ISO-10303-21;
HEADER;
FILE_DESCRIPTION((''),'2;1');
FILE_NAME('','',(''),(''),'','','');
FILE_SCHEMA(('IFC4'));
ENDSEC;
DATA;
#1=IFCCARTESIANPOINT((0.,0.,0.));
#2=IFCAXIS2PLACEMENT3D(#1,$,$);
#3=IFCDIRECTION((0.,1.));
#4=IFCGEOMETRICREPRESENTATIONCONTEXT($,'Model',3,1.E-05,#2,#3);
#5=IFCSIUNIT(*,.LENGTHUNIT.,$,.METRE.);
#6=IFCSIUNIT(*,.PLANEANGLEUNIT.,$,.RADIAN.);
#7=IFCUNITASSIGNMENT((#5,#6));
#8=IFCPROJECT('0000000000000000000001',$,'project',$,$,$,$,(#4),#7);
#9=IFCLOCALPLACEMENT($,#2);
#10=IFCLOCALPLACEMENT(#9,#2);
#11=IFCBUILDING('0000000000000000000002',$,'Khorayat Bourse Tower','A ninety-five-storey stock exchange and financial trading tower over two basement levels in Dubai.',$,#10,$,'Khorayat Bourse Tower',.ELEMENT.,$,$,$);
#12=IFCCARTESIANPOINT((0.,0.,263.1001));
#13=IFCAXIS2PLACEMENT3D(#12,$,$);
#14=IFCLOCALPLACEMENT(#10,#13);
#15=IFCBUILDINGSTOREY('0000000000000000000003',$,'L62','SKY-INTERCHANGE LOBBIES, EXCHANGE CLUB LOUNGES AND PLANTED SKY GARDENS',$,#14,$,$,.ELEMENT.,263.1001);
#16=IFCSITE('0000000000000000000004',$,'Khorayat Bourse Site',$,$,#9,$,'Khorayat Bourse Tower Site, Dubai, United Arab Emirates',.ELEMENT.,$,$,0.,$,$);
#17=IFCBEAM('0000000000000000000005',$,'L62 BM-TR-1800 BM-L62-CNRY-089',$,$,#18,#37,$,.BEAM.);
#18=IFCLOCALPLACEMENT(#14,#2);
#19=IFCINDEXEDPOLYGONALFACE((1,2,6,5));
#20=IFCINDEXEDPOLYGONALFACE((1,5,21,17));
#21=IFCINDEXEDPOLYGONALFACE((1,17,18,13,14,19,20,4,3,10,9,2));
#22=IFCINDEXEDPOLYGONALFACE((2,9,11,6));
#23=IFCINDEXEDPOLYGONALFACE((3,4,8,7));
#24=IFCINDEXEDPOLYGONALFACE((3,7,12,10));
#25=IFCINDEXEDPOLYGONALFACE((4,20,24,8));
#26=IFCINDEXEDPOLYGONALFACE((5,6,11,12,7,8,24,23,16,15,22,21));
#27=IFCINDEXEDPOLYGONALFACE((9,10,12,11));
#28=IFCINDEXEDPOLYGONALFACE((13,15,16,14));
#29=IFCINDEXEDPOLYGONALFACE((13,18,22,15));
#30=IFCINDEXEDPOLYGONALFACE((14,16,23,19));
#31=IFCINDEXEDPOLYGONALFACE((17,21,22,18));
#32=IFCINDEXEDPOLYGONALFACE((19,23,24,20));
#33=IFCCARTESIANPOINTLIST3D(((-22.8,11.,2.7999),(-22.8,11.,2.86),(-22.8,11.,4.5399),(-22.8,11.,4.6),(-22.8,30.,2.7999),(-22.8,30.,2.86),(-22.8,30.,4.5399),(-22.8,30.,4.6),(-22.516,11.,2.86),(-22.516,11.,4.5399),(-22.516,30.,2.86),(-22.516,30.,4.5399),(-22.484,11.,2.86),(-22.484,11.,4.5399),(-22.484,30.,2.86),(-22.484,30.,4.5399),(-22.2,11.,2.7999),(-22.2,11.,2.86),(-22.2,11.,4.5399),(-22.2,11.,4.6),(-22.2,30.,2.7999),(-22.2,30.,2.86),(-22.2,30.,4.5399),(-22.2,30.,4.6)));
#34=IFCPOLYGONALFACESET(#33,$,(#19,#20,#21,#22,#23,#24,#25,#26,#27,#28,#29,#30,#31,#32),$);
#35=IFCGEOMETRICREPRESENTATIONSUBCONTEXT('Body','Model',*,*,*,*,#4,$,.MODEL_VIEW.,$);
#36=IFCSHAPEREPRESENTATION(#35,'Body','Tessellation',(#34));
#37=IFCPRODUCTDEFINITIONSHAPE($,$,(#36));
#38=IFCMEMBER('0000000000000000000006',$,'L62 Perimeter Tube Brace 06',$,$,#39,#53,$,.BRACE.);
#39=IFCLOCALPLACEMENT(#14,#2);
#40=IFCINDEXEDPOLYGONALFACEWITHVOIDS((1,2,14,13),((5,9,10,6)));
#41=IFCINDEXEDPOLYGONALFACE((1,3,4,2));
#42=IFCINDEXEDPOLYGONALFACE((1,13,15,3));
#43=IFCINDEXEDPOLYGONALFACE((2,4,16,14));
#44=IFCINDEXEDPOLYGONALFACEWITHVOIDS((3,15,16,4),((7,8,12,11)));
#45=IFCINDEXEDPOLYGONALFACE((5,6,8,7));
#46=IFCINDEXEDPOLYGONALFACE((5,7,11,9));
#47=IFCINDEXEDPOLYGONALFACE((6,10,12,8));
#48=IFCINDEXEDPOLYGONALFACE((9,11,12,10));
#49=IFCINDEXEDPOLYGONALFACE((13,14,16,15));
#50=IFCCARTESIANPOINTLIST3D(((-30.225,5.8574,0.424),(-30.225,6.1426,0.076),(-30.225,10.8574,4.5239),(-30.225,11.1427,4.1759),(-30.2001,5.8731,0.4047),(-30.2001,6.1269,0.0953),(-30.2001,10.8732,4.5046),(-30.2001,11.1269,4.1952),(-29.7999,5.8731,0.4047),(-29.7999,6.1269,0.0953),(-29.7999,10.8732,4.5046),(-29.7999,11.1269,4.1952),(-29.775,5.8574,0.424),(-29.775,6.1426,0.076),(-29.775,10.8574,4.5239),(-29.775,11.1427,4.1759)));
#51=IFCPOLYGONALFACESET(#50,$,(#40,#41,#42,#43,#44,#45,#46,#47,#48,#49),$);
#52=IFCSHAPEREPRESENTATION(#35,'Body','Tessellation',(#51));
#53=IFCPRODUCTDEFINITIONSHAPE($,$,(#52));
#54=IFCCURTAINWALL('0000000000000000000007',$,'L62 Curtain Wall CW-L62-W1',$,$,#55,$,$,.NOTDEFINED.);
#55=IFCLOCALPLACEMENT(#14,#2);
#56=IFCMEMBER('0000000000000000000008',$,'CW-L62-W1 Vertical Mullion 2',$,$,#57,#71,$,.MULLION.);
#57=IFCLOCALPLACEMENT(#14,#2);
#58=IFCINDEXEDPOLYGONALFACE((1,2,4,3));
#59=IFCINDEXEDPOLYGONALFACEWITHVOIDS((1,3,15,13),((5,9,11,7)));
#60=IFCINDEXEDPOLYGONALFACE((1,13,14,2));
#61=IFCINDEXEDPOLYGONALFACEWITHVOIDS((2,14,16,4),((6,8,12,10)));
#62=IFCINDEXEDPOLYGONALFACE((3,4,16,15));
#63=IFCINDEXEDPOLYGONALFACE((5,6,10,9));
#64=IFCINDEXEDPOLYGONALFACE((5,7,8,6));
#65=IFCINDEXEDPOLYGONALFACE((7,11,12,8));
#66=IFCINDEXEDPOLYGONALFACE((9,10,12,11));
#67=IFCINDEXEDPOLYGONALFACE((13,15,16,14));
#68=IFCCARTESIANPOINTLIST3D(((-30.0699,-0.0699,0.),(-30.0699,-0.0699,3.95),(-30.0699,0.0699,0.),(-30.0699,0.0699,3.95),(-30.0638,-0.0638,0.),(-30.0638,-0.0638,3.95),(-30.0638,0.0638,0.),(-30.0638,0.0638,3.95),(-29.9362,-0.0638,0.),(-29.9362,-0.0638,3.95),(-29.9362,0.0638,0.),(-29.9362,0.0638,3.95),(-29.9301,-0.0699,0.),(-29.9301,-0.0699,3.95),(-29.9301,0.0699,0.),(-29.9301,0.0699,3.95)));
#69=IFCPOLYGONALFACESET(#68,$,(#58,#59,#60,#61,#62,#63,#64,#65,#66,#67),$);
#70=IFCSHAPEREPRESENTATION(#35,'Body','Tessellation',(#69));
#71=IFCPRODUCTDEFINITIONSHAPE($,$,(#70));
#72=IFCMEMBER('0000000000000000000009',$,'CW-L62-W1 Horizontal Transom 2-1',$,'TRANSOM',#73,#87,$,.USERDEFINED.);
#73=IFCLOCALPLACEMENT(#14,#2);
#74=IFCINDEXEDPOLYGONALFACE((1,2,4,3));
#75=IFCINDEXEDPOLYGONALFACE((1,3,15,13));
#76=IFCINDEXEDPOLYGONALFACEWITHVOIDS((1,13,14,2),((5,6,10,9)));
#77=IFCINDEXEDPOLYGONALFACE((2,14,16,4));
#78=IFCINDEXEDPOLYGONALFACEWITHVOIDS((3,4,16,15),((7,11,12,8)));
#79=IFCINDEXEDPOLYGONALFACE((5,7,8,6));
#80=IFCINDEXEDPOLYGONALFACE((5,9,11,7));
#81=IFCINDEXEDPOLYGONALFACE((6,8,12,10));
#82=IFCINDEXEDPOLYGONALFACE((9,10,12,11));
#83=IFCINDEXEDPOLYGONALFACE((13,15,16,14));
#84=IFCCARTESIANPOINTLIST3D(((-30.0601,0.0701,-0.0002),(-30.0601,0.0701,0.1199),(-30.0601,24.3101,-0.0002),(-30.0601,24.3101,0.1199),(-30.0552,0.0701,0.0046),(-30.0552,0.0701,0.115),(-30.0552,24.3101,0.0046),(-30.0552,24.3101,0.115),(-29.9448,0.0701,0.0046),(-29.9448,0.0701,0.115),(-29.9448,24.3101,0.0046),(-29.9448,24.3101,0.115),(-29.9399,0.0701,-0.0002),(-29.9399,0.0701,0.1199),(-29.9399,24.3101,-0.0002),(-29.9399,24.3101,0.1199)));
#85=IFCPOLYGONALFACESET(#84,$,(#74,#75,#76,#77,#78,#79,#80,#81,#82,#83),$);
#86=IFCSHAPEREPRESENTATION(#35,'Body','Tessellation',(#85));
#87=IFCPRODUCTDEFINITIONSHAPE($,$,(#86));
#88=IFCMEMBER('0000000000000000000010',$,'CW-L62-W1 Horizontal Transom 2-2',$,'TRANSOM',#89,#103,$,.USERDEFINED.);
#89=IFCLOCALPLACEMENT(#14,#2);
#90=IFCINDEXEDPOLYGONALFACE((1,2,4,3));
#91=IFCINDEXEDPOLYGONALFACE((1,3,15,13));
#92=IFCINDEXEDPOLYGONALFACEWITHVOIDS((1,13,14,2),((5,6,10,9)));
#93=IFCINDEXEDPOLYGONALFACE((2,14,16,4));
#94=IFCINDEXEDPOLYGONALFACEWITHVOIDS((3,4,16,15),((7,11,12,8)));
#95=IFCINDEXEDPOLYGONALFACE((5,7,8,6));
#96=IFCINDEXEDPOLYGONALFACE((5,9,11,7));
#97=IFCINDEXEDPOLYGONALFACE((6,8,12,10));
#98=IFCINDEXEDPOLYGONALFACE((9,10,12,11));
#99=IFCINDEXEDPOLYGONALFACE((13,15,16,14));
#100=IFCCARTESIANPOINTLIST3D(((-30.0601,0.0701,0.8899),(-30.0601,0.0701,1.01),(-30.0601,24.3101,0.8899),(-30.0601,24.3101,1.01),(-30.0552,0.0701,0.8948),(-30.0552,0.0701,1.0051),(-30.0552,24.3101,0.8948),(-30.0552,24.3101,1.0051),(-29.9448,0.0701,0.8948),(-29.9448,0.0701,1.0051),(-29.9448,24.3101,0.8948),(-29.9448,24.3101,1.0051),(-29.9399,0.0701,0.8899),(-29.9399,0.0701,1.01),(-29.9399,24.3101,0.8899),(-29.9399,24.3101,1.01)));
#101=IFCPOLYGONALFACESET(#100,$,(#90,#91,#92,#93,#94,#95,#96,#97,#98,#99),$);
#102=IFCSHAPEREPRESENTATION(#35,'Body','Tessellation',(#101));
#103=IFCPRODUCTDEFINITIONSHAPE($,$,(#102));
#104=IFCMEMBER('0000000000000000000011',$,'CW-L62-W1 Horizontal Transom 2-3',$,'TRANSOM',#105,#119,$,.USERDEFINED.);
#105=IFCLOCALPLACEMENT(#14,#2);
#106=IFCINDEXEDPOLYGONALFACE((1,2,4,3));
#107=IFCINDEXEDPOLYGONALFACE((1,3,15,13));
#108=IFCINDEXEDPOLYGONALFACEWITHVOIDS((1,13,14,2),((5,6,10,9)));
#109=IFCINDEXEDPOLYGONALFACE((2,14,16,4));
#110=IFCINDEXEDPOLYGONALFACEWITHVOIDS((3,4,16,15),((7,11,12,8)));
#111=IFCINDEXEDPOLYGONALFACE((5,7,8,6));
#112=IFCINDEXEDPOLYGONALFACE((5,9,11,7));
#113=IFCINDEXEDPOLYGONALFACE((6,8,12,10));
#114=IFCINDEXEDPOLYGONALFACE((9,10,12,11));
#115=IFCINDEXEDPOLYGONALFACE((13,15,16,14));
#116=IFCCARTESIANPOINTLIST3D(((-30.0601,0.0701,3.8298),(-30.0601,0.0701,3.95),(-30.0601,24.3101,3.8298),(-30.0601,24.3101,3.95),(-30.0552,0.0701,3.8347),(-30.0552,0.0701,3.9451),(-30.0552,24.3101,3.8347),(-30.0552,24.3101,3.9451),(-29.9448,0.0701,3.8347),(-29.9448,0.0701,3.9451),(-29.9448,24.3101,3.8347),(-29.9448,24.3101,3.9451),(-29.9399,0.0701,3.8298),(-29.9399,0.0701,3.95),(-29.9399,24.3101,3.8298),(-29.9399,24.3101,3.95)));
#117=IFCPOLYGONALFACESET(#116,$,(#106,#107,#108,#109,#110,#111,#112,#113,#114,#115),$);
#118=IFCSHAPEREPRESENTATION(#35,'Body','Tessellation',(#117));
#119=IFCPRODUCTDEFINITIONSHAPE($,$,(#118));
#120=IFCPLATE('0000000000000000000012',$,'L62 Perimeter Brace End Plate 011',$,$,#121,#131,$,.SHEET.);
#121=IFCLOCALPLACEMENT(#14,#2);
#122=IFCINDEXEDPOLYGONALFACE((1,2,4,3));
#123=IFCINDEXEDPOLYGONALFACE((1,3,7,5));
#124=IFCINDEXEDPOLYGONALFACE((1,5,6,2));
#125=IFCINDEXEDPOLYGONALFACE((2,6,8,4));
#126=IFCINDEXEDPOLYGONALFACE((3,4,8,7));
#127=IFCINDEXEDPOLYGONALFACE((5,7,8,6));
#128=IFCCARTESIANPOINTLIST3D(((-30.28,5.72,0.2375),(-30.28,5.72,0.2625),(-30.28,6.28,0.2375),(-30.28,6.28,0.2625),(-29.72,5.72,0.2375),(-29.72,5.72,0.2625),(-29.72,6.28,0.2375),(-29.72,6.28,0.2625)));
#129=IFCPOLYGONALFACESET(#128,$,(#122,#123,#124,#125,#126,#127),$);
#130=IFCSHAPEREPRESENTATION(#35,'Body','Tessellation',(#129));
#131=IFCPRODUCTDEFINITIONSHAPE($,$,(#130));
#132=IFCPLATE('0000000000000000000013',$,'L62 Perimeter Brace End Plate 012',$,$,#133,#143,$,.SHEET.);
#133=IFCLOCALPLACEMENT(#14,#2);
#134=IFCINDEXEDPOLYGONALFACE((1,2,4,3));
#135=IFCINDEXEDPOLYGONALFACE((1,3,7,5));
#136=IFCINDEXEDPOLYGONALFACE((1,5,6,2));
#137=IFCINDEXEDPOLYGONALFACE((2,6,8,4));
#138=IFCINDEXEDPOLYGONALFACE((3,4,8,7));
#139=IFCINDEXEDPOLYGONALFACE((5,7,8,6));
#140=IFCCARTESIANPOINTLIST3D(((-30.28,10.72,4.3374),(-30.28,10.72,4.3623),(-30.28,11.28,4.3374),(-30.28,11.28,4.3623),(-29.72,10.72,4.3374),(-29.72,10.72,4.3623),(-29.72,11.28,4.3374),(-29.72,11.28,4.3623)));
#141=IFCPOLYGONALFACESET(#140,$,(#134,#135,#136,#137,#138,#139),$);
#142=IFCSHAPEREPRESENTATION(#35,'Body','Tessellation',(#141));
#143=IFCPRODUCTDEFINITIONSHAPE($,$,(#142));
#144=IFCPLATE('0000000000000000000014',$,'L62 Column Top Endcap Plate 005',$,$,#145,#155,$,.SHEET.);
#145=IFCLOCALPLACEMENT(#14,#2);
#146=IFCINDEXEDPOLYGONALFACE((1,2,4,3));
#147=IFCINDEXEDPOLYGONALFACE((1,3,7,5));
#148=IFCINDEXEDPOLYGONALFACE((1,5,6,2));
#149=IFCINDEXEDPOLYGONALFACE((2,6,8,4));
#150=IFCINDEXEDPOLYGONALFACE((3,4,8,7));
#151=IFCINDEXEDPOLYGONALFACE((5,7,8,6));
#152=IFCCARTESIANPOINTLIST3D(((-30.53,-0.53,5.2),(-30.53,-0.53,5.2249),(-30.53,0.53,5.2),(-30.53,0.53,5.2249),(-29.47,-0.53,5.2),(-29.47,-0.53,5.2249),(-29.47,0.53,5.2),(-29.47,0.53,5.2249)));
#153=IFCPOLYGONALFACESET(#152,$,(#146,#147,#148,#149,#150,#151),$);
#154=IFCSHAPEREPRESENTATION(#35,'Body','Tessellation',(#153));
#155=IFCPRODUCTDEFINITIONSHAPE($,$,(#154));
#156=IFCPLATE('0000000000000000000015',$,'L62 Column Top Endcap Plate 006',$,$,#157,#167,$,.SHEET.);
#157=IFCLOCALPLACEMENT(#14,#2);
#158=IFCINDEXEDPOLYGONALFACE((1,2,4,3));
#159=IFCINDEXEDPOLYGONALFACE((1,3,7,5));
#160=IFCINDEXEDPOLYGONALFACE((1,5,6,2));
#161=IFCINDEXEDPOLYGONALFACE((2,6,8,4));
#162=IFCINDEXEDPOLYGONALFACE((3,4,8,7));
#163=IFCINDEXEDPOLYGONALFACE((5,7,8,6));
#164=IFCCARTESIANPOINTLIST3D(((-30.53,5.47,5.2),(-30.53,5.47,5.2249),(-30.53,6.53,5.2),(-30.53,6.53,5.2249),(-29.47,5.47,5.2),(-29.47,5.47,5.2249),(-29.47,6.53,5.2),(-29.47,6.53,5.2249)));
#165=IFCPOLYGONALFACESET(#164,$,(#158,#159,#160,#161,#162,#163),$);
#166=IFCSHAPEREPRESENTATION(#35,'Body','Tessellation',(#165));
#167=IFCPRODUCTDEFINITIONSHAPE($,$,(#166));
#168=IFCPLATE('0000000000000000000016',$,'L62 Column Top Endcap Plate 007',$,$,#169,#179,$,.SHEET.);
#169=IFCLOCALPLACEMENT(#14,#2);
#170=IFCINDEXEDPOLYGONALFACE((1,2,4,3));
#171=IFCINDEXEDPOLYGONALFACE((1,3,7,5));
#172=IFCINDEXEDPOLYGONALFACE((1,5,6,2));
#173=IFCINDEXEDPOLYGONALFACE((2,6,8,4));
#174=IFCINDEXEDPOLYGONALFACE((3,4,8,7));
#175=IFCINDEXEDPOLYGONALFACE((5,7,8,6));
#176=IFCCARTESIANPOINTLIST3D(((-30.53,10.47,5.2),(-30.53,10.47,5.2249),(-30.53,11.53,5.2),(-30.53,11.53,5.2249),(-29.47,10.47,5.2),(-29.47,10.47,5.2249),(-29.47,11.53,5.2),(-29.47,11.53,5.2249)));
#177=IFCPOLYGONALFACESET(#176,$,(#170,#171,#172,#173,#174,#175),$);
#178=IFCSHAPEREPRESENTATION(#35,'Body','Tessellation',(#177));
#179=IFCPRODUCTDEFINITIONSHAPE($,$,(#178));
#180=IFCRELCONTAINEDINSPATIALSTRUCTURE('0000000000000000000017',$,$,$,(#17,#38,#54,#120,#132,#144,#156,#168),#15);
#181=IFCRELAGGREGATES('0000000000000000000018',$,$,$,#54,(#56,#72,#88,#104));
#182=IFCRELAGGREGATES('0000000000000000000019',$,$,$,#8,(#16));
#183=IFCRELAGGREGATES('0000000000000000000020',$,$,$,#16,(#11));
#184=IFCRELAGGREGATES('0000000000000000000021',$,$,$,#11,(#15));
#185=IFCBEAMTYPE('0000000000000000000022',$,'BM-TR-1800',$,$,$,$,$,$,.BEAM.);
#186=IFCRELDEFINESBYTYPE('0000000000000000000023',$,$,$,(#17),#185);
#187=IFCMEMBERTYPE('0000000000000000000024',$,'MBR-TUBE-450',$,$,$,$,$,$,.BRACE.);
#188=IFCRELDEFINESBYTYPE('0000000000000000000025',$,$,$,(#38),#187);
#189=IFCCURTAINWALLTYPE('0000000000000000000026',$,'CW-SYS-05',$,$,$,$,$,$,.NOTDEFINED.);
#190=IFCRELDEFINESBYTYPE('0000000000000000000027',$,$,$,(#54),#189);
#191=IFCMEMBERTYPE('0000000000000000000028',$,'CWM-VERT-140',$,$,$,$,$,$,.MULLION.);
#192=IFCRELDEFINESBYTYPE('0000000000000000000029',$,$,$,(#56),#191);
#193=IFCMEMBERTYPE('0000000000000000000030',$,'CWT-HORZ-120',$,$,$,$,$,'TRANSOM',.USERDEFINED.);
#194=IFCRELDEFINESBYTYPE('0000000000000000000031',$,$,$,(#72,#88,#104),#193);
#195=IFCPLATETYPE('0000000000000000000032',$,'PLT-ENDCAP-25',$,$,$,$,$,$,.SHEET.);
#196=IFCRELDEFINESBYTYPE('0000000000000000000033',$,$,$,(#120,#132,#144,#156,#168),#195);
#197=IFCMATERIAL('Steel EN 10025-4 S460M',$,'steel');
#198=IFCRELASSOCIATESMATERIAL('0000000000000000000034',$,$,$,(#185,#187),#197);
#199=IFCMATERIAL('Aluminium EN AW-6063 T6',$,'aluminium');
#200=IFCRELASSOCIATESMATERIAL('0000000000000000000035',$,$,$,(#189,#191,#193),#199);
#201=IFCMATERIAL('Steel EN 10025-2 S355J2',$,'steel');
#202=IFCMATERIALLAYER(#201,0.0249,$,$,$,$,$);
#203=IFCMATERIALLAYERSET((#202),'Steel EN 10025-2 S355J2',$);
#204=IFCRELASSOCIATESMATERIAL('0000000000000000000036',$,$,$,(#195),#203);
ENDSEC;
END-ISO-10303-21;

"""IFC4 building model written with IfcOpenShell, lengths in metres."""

from ifc_helpers import new_model, si_unit, direction, frame, origin, origin_2d, place, context, subcontext, project, spatial, rectangle, hollow_rectangle, i_section, extrude, source, transform, mapped, material, layer, layer_set, material_profile, profile_set, type_object, element, aggregate, save


model = new_model("IFC4")

# Units and contexts
model_context = context("Model", 3, precision=1e-05, world=origin(), true_north=direction((0.0, 1.0)))
body_context = subcontext(model_context, "Body", "Model", "MODEL_VIEW")
ifc_project = project(units=[si_unit("LENGTHUNIT", "METRE"), si_unit("PLANEANGLEUNIT", "RADIAN")], contexts=[model_context])

# Site, building, storey
site_placement = place(None, origin())
site = spatial("IfcSite", under=ifc_project, at=site_placement, Name="Khorayat Bourse Site", LongName="Khorayat Bourse Tower Site, Dubai, United Arab Emirates", CompositionType="ELEMENT", RefElevation=0.0)
building_placement = place(site_placement, origin())
building = spatial("IfcBuilding", under=site, at=building_placement, Name="Khorayat Bourse Tower", Description="A ninety-five-storey stock exchange and financial trading tower over two basement levels in Dubai.", LongName="Khorayat Bourse Tower", CompositionType="ELEMENT")
storey_placement = place(building_placement, frame((0.0, 0.0, 263.1001)))
storey = spatial("IfcBuildingStorey", under=building, at=storey_placement, Name="L62", Description="SKY-INTERCHANGE LOBBIES, EXCHANGE CLUB LOUNGES AND PLANTED SKY GARDENS", CompositionType="ELEMENT", Elevation=263.1001)

# Shared definitions
ifc_material_1 = material(Name="Steel EN 10025-4 S460M", Category="steel")

# Beam
ifc_material_profile_1 = material_profile(ifc_material_1, i_section(OverallWidth=0.6001, OverallDepth=1.8, WebThickness=0.032, FlangeThickness=0.0601, at=origin_2d()), Name="PG 1800x600x32x60")
ifc_profile_set_1 = profile_set([ifc_material_profile_1], Name="Steel EN 10025-4 S460M")
beam_type_1 = type_object("IfcBeamType", Name="BM-TR-1800", PredefinedType="BEAM", material=ifc_profile_set_1)
shared_shape_1 = source(origin(), body_context, "Body", "SweptSolid", [
    extrude(i_section(OverallWidth=0.6001, OverallDepth=1.8, WebThickness=0.032, FlangeThickness=0.0601, at=origin_2d()), origin(), (0.0, 0.0, 1.0), 19.0),
])
for number, where, z_axis, x_axis, name in (
    (1, (-22.5, 11.0, 3.7), (0.0, 1.0, 0.0), (-1.0, 0.0, 0.0), "L62 BM-TR-1800 BM-L62-CNRY-089"),
):
    element("IfcBeam", number, at=place(storey_placement, frame(where, z_axis=z_axis, x_axis=x_axis)), inside=storey, type_object=beam_type_1, Name=name, PredefinedType="BEAM", context=body_context, shape_type="MappedRepresentation", body=[
        mapped(shared_shape_1, transform((0.0, 0.0, 0.0), scale=1.0)),
    ])

# Member
ifc_material_profile_2 = material_profile(ifc_material_1, hollow_rectangle(XDim=0.45, YDim=0.45, WallThickness=0.0249, at=origin_2d()), Name="HSS 450x450x25")
ifc_profile_set_2 = profile_set([ifc_material_profile_2], Name="Steel EN 10025-4 S460M")
member_type_1 = type_object("IfcMemberType", Name="MBR-TUBE-450", PredefinedType="BRACE", material=ifc_profile_set_2)
shared_shape_2 = source(origin(), body_context, "Body", "SweptSolid", [
    extrude(hollow_rectangle(XDim=0.45, YDim=0.45, WallThickness=0.0249, at=origin_2d()), origin(), (0.0, 0.0, 1.0), 6.4661),
])
member_1_placement = place(storey_placement, frame((-30.0, 6.0, 0.25), z_axis=(0.0, 0.773279, 0.634066), x_axis=(-1.0, 0.0, 0.0)))
element("IfcMember", 2, at=member_1_placement, inside=storey, type_object=member_type_1, Name="L62 Perimeter Tube Brace 06", PredefinedType="BRACE", context=body_context, shape_type="MappedRepresentation", body=[
    mapped(shared_shape_2, transform((0.0, 0.0, 0.0), scale=1.0)),
])

# Curtain wall, members
ifc_material_2 = material(Name="Aluminium EN AW-6063 T6", Category="aluminium")
curtain_wall_type = type_object("IfcCurtainWallType", Name="CW-SYS-05", PredefinedType="NOTDEFINED", material=ifc_material_2)
curtain_wall_placement = place(storey_placement, origin())
curtain_wall = element("IfcCurtainWall", 3, at=curtain_wall_placement, inside=storey, type_object=curtain_wall_type, Name="L62 Curtain Wall CW-L62-W1", PredefinedType="NOTDEFINED")
ifc_material_profile_3 = material_profile(ifc_material_2, hollow_rectangle(XDim=0.1399, YDim=0.1399, WallThickness=0.0061, at=origin_2d()), Name="ALU 140x140x6")
ifc_profile_set_3 = profile_set([ifc_material_profile_3], Name="Aluminium EN AW-6063 T6")
member_type_2 = type_object("IfcMemberType", Name="CWM-VERT-140", PredefinedType="MULLION", material=ifc_profile_set_3)
shared_shape_3 = source(origin(), body_context, "Body", "SweptSolid", [
    extrude(hollow_rectangle(XDim=0.1399, YDim=0.1399, WallThickness=0.0061, at=origin_2d()), origin(), (0.0, 0.0, 1.0), 3.95),
])
member_2_placement = place(storey_placement, frame((-30.0, 0.0, 0.0), z_axis=(0.0, 0.0, 1.0), x_axis=(-1.0, 0.0, 0.0)))
member_2 = element("IfcMember", 4, at=member_2_placement, type_object=member_type_2, Name="CW-L62-W1 Vertical Mullion 2", PredefinedType="MULLION", context=body_context, shape_type="MappedRepresentation", body=[
    mapped(shared_shape_3, transform((0.0, 0.0, 0.0), scale=1.0)),
])
ifc_material_profile_4 = material_profile(ifc_material_2, hollow_rectangle(XDim=0.1201, YDim=0.1201, WallThickness=0.0049, at=origin_2d()), Name="ALU 120x120x5")
ifc_profile_set_4 = profile_set([ifc_material_profile_4], Name="Aluminium EN AW-6063 T6")
member_type_3 = type_object("IfcMemberType", Name="CWT-HORZ-120", ElementType="TRANSOM", PredefinedType="USERDEFINED", material=ifc_profile_set_4)
shared_shape_4 = source(origin(), body_context, "Body", "SweptSolid", [
    extrude(hollow_rectangle(XDim=0.1201, YDim=0.1201, WallThickness=0.0049, at=origin_2d()), origin(), (0.0, 0.0, 1.0), 24.24),
])
member_3_placement = place(storey_placement, frame((-30.0, 0.0701, 0.0598), z_axis=(0.0, 1.0, 0.0), x_axis=(-1.0, 0.0, 0.0)))
member_3 = element("IfcMember", 5, at=member_3_placement, type_object=member_type_3, Name="CW-L62-W1 Horizontal Transom 2-1", ObjectType="TRANSOM", PredefinedType="USERDEFINED", context=body_context, shape_type="MappedRepresentation", body=[
    mapped(shared_shape_4, transform((0.0, 0.0, 0.0), scale=1.0)),
])
member_4_placement = place(storey_placement, frame((-30.0, 0.0701, 0.95), z_axis=(0.0, 1.0, 0.0), x_axis=(-1.0, 0.0, 0.0)))
member_4 = element("IfcMember", 6, at=member_4_placement, type_object=member_type_3, Name="CW-L62-W1 Horizontal Transom 2-2", ObjectType="TRANSOM", PredefinedType="USERDEFINED", context=body_context, shape_type="MappedRepresentation", body=[
    mapped(shared_shape_4, transform((0.0, 0.0, 0.0), scale=1.0)),
])
member_5_placement = place(storey_placement, frame((-30.0, 0.0701, 3.8899), z_axis=(0.0, 1.0, 0.0), x_axis=(-1.0, 0.0, 0.0)))
member_5 = element("IfcMember", 7, at=member_5_placement, type_object=member_type_3, Name="CW-L62-W1 Horizontal Transom 2-3", ObjectType="TRANSOM", PredefinedType="USERDEFINED", context=body_context, shape_type="MappedRepresentation", body=[
    mapped(shared_shape_4, transform((0.0, 0.0, 0.0), scale=1.0)),
])
aggregate(curtain_wall, [member_2, member_3, member_4, member_5])

# Plates
ifc_material_3 = material(Name="Steel EN 10025-2 S355J2", Category="steel")
ifc_layer_1 = layer(ifc_material_3, 0.0249)
ifc_layer_set_1 = layer_set([ifc_layer_1], Name="Steel EN 10025-2 S355J2")
plate_type = type_object("IfcPlateType", Name="PLT-ENDCAP-25", PredefinedType="SHEET", material=ifc_layer_set_1)
shared_shape_5 = source(origin(), body_context, "Body", "SweptSolid", [
    extrude(rectangle(XDim=0.5601, YDim=0.5601, at=origin_2d()), origin(), (0.0, 0.0, 1.0), 0.0249),
])
for number, where, z_axis, x_axis, name in (
    (8, (-30.0, 6.0, 0.2375), (0.0, 0.0, 1.0), (1.0, 0.0, 0.0), "L62 Perimeter Brace End Plate 011"),
    (9, (-30.0, 11.0, 4.3374), (0.0, 0.0, 1.0), (1.0, 0.0, 0.0), "L62 Perimeter Brace End Plate 012"),
):
    element("IfcPlate", number, at=place(storey_placement, frame(where, z_axis=z_axis, x_axis=x_axis)), inside=storey, type_object=plate_type, Name=name, PredefinedType="SHEET", context=body_context, shape_type="MappedRepresentation", body=[
        mapped(shared_shape_5, transform((0.0, 0.0, 0.0), scale=1.0)),
    ])
shared_shape_6 = source(origin(), body_context, "Body", "SweptSolid", [
    extrude(rectangle(XDim=1.0601, YDim=1.0601, at=origin_2d()), origin(), (0.0, 0.0, 1.0), 0.0249),
])
for number, where, z_axis, x_axis, name in (
    (10, (-30.0, 0.0, 5.2), (0.0, 0.0, 1.0), (1.0, 0.0, 0.0), "L62 Column Top Endcap Plate 005"),
    (11, (-30.0, 6.0, 5.2), (0.0, 0.0, 1.0), (1.0, 0.0, 0.0), "L62 Column Top Endcap Plate 006"),
    (12, (-30.0, 11.0, 5.2), (0.0, 0.0, 1.0), (1.0, 0.0, 0.0), "L62 Column Top Endcap Plate 007"),
):
    element("IfcPlate", number, at=place(storey_placement, frame(where, z_axis=z_axis, x_axis=x_axis)), inside=storey, type_object=plate_type, Name=name, PredefinedType="SHEET", context=body_context, shape_type="MappedRepresentation", body=[
        mapped(shared_shape_6, transform((0.0, 0.0, 0.0), scale=1.0)),
    ])

save(model, "model.ifc")
